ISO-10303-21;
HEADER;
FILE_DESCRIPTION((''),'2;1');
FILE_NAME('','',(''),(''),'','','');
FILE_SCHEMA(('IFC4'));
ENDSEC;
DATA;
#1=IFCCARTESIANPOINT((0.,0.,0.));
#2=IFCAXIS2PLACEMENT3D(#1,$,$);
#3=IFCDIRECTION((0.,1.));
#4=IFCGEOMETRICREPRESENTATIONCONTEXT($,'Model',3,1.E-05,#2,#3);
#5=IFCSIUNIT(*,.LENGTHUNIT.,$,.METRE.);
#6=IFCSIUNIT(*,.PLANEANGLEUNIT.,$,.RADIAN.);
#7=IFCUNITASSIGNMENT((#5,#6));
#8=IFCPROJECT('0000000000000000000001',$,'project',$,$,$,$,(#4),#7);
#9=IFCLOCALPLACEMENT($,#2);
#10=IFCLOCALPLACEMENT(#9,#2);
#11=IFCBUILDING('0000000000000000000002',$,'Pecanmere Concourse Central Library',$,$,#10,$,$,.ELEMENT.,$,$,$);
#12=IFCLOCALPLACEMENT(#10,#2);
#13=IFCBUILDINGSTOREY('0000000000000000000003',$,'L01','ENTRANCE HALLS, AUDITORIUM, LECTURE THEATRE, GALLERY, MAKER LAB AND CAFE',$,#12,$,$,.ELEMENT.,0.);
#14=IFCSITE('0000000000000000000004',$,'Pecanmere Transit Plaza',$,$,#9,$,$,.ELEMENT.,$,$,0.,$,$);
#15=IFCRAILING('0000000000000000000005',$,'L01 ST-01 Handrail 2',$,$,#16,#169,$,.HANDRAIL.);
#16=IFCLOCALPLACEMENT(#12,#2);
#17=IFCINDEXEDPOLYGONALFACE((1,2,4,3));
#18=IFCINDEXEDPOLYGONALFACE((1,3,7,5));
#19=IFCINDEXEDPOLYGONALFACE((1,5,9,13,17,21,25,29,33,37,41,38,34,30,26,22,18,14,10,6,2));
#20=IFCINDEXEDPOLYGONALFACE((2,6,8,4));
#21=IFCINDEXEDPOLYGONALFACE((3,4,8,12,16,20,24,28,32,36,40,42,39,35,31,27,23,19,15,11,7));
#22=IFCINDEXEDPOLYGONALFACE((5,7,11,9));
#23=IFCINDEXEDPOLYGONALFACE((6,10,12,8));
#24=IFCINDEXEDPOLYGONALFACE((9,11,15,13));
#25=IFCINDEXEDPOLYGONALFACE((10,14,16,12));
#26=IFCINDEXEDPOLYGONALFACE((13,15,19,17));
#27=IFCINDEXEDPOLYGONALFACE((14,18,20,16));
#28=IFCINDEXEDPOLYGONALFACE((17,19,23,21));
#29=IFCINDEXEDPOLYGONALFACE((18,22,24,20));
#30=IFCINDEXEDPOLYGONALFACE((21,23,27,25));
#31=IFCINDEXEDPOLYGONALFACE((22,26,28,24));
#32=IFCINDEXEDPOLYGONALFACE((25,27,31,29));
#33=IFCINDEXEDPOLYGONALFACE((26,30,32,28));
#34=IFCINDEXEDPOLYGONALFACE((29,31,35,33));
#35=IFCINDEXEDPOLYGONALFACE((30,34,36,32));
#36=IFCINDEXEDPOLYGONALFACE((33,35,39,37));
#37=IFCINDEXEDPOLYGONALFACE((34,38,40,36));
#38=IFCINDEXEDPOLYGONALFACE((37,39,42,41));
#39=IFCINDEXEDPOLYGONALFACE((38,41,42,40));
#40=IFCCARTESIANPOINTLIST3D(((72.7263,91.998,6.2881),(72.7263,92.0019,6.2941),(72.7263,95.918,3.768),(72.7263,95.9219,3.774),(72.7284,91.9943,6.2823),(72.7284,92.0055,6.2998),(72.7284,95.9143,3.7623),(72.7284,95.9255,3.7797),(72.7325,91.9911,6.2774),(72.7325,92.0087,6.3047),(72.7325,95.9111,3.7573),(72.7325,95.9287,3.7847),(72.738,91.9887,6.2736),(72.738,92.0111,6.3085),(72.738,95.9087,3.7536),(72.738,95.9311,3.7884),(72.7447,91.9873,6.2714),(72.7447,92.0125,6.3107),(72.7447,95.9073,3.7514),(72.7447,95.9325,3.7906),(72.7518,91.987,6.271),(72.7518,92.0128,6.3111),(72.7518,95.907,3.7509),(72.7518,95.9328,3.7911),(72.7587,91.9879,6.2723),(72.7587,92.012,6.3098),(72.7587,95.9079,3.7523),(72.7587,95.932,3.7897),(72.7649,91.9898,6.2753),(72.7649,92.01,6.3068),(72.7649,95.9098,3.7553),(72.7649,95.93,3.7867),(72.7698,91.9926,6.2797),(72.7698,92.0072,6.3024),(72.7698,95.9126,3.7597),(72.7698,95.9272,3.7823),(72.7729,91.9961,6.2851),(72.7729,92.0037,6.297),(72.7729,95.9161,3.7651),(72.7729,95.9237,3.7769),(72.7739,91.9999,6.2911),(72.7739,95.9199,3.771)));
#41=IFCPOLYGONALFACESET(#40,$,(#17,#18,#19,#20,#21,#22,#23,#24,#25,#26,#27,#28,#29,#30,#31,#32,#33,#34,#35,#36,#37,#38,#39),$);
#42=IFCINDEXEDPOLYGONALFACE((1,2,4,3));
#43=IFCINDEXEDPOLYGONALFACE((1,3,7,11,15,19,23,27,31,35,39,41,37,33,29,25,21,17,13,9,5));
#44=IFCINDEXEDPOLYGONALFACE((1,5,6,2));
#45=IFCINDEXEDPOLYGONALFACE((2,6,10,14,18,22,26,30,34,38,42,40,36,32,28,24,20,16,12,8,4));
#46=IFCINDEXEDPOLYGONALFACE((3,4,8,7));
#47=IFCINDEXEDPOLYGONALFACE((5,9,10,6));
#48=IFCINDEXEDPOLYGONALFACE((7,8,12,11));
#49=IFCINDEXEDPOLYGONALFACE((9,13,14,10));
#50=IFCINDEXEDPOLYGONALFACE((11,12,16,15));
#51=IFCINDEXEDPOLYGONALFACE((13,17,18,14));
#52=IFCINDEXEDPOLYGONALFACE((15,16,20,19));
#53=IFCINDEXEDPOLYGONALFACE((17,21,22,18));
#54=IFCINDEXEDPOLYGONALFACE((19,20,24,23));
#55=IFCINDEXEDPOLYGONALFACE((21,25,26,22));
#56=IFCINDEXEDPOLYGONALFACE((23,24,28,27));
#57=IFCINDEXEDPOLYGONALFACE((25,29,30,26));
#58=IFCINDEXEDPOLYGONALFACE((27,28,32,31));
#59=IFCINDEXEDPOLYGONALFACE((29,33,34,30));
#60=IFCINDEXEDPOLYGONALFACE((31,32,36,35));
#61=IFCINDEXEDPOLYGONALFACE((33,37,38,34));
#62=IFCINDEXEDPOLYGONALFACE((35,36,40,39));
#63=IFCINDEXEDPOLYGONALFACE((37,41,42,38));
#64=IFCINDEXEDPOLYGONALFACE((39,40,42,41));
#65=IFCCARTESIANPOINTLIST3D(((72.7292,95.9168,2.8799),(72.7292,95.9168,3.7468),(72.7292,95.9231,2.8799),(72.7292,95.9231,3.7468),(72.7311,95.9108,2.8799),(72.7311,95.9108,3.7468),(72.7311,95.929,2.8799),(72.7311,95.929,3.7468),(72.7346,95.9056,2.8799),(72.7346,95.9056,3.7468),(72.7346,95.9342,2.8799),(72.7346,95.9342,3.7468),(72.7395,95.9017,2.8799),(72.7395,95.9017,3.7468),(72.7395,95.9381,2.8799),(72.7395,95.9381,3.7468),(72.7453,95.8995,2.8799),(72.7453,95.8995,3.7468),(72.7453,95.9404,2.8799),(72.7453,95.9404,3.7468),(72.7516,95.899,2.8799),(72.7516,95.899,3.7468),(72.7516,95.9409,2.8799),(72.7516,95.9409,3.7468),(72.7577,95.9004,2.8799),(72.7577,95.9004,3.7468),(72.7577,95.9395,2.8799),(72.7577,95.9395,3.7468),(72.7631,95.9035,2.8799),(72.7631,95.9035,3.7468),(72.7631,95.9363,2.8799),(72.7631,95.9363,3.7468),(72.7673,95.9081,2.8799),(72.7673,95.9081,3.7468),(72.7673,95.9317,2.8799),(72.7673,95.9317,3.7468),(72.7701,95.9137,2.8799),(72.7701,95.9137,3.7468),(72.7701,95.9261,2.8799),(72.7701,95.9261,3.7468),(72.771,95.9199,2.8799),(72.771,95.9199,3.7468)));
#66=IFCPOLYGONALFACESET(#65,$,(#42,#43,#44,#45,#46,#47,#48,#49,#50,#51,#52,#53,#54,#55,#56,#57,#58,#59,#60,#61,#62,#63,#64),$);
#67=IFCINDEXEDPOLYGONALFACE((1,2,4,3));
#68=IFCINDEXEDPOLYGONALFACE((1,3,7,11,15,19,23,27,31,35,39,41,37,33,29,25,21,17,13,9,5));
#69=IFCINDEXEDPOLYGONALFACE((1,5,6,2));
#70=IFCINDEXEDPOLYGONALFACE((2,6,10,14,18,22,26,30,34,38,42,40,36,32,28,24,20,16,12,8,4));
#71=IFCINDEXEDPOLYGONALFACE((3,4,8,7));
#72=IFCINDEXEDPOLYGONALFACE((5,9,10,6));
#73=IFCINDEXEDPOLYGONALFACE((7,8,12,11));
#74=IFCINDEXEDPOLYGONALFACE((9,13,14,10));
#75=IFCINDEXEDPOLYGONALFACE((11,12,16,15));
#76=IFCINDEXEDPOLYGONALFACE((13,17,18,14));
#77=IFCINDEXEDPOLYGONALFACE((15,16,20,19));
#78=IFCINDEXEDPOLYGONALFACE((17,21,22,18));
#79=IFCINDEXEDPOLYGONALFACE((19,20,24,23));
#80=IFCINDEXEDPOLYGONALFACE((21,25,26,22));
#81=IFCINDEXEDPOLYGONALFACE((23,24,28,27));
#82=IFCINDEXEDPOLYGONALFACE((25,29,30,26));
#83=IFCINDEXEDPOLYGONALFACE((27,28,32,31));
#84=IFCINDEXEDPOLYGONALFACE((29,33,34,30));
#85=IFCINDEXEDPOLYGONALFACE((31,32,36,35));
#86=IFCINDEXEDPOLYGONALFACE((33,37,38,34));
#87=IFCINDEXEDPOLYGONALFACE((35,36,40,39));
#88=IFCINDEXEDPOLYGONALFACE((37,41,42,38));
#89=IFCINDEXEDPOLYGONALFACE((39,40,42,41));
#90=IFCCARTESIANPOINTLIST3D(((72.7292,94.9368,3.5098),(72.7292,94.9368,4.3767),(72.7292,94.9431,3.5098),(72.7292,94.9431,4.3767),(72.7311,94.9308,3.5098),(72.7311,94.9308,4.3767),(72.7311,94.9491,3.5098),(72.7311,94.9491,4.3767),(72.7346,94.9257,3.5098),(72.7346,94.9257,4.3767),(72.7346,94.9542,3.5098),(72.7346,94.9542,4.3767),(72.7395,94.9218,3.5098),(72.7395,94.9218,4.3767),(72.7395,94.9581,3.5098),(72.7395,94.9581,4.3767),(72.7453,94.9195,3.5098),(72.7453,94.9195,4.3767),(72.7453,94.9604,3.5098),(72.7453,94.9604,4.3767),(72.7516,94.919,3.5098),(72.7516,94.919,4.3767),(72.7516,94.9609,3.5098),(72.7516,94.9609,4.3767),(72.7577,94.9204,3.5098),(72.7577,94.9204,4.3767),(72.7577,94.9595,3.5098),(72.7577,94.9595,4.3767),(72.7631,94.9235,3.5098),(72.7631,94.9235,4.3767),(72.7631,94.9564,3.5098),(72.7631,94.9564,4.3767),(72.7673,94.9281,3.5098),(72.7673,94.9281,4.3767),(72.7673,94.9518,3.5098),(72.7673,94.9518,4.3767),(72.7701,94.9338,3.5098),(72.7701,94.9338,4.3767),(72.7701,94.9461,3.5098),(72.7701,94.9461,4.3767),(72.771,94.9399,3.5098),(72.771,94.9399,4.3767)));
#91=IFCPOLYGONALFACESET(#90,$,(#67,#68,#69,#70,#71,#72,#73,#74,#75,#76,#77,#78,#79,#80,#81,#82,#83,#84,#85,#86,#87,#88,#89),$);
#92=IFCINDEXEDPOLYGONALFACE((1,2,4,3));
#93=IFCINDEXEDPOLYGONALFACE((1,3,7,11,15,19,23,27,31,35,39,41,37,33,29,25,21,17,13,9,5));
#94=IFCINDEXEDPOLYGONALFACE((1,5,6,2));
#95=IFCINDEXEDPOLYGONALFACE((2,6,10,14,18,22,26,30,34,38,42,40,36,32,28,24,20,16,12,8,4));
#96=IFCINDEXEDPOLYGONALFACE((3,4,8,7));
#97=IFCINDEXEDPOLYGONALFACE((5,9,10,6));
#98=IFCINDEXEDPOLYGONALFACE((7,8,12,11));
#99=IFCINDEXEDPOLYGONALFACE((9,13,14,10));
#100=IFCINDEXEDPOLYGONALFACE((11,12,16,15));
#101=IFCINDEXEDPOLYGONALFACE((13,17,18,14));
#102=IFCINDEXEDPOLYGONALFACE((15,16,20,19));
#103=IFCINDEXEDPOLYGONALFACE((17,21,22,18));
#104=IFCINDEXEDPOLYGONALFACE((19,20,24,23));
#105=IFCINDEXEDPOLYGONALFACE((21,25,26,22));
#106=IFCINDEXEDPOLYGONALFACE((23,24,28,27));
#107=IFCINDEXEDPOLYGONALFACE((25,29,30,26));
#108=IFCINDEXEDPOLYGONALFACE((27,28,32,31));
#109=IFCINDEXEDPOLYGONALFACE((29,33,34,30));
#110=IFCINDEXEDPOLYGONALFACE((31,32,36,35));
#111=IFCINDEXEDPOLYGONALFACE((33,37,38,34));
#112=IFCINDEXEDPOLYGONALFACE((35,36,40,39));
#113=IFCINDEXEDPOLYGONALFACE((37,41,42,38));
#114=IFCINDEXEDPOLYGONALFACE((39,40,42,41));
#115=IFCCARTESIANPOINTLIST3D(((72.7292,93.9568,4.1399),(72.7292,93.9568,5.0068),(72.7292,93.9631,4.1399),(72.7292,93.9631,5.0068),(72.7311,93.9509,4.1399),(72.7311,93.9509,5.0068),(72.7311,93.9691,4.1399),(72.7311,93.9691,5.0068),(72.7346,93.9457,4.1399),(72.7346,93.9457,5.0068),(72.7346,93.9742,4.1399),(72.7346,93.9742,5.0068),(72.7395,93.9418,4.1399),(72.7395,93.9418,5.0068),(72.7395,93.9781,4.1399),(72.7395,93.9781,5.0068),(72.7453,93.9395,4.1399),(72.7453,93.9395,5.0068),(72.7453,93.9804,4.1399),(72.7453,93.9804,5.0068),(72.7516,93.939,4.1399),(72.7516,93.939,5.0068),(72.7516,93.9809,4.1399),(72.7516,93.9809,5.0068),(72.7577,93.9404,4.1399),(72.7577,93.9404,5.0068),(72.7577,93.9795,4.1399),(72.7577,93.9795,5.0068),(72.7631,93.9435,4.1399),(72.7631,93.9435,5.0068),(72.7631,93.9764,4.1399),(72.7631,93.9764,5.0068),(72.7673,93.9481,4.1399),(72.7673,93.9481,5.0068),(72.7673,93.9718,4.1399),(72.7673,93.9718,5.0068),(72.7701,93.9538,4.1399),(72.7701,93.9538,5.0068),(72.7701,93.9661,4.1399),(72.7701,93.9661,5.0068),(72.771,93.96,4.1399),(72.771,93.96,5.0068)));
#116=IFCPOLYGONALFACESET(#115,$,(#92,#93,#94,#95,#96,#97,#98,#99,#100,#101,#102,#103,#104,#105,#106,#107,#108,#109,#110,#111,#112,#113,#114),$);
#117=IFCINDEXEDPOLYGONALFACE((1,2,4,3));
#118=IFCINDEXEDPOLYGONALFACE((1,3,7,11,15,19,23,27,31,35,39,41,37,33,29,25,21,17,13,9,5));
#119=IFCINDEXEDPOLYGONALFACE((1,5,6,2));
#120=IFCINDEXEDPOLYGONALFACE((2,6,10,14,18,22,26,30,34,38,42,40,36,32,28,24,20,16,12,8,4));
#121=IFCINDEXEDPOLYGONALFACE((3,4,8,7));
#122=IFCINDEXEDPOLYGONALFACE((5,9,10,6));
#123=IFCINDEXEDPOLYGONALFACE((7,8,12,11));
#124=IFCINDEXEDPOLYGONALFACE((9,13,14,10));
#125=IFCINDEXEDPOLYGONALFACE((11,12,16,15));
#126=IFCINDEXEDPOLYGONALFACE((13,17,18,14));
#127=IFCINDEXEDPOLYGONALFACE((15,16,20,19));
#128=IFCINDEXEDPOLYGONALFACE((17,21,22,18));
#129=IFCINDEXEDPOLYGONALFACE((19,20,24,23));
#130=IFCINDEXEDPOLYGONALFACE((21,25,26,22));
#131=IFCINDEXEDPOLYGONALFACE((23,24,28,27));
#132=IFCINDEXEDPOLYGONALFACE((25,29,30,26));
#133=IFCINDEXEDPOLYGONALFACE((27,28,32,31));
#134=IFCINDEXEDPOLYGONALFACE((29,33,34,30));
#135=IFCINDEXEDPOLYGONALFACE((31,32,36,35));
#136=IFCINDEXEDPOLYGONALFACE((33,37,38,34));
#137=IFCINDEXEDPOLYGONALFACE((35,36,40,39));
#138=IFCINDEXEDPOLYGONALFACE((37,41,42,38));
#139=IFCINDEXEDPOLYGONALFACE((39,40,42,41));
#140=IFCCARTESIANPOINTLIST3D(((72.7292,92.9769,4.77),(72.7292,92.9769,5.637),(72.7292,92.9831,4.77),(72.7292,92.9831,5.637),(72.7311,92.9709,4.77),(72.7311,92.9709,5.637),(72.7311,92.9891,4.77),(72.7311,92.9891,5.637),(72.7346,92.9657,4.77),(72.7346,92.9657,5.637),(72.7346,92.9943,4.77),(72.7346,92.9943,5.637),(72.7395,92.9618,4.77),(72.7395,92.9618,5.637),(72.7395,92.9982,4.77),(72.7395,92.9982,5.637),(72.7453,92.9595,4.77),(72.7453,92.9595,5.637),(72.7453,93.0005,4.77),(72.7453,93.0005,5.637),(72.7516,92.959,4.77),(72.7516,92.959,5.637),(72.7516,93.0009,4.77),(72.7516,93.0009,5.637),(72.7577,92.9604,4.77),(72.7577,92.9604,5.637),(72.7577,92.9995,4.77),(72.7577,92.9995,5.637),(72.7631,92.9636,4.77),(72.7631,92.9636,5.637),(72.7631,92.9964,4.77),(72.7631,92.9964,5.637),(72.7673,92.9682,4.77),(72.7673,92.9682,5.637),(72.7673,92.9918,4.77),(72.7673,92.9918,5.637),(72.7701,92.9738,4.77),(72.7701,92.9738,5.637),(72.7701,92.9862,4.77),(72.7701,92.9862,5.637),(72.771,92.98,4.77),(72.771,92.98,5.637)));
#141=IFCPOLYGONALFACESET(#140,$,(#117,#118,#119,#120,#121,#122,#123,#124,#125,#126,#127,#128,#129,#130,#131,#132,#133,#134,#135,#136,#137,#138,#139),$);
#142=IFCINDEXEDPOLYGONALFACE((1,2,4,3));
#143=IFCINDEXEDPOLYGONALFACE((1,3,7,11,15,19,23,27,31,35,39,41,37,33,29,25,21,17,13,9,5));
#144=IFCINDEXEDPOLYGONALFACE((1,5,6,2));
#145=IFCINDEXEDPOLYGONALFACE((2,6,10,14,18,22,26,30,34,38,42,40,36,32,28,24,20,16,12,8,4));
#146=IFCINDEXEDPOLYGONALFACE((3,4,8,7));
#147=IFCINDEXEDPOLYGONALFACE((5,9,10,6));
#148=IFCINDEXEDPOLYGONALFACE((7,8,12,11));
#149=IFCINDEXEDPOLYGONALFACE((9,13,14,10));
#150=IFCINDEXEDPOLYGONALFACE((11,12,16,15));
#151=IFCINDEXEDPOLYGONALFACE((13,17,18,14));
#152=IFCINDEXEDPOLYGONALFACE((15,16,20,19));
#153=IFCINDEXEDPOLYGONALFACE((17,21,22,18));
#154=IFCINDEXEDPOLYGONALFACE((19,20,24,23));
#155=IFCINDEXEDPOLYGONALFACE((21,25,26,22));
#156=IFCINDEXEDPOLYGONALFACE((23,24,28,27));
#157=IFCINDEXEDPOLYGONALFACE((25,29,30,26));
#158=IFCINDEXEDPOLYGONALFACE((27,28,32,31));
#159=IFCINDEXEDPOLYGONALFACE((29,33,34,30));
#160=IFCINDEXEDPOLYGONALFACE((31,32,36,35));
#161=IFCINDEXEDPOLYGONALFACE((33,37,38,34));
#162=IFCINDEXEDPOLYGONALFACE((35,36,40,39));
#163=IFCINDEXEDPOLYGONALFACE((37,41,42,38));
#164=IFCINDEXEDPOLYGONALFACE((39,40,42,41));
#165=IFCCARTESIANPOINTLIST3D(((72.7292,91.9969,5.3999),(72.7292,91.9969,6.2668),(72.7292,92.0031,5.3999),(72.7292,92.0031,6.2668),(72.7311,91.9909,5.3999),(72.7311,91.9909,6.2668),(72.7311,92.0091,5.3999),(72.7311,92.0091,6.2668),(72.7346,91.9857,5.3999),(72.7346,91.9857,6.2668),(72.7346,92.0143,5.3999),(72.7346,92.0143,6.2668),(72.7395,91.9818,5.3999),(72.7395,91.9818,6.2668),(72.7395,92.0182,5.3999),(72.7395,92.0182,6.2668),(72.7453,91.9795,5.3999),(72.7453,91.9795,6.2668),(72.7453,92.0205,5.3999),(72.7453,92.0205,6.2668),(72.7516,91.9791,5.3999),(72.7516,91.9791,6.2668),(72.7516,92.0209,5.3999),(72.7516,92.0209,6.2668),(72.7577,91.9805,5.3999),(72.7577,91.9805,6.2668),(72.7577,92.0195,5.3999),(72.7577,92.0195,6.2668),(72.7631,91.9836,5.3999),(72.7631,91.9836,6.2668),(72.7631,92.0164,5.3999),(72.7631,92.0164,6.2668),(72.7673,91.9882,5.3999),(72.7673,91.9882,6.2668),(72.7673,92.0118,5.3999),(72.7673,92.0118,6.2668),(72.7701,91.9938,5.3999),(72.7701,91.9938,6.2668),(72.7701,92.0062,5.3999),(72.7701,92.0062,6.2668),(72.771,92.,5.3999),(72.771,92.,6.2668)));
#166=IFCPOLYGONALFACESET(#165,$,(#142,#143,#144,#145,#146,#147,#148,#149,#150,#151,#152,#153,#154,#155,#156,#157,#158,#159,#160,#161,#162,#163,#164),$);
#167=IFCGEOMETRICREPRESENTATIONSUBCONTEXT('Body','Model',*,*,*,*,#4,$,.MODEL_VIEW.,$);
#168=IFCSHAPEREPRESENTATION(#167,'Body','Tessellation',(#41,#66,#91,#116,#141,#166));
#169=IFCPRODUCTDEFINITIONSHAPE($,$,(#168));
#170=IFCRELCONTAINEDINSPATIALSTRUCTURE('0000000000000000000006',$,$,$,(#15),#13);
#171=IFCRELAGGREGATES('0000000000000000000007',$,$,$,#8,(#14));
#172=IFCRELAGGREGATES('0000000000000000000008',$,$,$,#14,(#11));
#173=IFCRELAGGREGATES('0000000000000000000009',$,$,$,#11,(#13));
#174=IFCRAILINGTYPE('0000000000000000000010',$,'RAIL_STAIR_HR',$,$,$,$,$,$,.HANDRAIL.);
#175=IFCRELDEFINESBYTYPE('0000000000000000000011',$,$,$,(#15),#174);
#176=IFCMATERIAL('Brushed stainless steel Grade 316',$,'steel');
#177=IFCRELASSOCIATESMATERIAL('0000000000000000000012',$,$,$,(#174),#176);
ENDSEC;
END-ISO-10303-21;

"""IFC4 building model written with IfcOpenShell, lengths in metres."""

from ifc_helpers import new_model, si_unit, direction, frame, origin, origin_2d, place, context, subcontext, project, spatial, circle, extrude, material, type_object, element, save


model = new_model("IFC4")

# Units and contexts
model_context = context("Model", 3, precision=1e-05, world=origin(), true_north=direction((0.0, 1.0)))
body_context = subcontext(model_context, "Body", "Model", "MODEL_VIEW")
ifc_project = project(units=[si_unit("LENGTHUNIT", "METRE"), si_unit("PLANEANGLEUNIT", "RADIAN")], contexts=[model_context])

# Site, building, storey
site_placement = place(None, origin())
site = spatial("IfcSite", under=ifc_project, at=site_placement, Name="Pecanmere Transit Plaza", CompositionType="ELEMENT", RefElevation=0.0)
building_placement = place(site_placement, origin())
building = spatial("IfcBuilding", under=site, at=building_placement, Name="Pecanmere Concourse Central Library", CompositionType="ELEMENT")
storey_placement = place(building_placement, origin())
storey = spatial("IfcBuildingStorey", under=building, at=storey_placement, Name="L01", Description="ENTRANCE HALLS, AUDITORIUM, LECTURE THEATRE, GALLERY, MAKER LAB AND CAFE", CompositionType="ELEMENT", Elevation=0.0)

# Railing
ifc_material_1 = material(Name="Brushed stainless steel Grade 316", Category="steel")
railing_type_1 = type_object("IfcRailingType", Name="RAIL_STAIR_HR", PredefinedType="HANDRAIL", material=ifc_material_1)
railing_1_placement = place(storey_placement, frame((72.75, 95.9199, 2.8799)))
element("IfcRailing", 1, at=railing_1_placement, inside=storey, type_object=railing_type_1, Name="L01 ST-01 Handrail 2", PredefinedType="HANDRAIL", context=body_context, shape_type="SweptSolid", body=[
    extrude(circle(Radius=0.0239, at=origin_2d()), frame((0.0, 0.0, 0.8911), z_axis=(0.0, -0.841172, 0.540768), x_axis=(1.0, 0.0, 0.0)), (0.0, 0.0, 1.0), 4.6602),
    extrude(circle(Radius=0.021, at=origin_2d()), origin(), (0.0, 0.0, 1.0), 0.8669),
    extrude(circle(Radius=0.021, at=origin_2d()), frame((0.0, -0.98, 0.6299)), (0.0, 0.0, 1.0), 0.8669),
    extrude(circle(Radius=0.021, at=origin_2d()), frame((0.0, -1.96, 1.26)), (0.0, 0.0, 1.0), 0.8669),
    extrude(circle(Radius=0.021, at=origin_2d()), frame((0.0, -2.9399, 1.8901)), (0.0, 0.0, 1.0), 0.8669),
    extrude(circle(Radius=0.021, at=origin_2d()), frame((0.0, -3.9199, 2.52)), (0.0, 0.0, 1.0), 0.8669),
])

save(model, "model.ifc")
